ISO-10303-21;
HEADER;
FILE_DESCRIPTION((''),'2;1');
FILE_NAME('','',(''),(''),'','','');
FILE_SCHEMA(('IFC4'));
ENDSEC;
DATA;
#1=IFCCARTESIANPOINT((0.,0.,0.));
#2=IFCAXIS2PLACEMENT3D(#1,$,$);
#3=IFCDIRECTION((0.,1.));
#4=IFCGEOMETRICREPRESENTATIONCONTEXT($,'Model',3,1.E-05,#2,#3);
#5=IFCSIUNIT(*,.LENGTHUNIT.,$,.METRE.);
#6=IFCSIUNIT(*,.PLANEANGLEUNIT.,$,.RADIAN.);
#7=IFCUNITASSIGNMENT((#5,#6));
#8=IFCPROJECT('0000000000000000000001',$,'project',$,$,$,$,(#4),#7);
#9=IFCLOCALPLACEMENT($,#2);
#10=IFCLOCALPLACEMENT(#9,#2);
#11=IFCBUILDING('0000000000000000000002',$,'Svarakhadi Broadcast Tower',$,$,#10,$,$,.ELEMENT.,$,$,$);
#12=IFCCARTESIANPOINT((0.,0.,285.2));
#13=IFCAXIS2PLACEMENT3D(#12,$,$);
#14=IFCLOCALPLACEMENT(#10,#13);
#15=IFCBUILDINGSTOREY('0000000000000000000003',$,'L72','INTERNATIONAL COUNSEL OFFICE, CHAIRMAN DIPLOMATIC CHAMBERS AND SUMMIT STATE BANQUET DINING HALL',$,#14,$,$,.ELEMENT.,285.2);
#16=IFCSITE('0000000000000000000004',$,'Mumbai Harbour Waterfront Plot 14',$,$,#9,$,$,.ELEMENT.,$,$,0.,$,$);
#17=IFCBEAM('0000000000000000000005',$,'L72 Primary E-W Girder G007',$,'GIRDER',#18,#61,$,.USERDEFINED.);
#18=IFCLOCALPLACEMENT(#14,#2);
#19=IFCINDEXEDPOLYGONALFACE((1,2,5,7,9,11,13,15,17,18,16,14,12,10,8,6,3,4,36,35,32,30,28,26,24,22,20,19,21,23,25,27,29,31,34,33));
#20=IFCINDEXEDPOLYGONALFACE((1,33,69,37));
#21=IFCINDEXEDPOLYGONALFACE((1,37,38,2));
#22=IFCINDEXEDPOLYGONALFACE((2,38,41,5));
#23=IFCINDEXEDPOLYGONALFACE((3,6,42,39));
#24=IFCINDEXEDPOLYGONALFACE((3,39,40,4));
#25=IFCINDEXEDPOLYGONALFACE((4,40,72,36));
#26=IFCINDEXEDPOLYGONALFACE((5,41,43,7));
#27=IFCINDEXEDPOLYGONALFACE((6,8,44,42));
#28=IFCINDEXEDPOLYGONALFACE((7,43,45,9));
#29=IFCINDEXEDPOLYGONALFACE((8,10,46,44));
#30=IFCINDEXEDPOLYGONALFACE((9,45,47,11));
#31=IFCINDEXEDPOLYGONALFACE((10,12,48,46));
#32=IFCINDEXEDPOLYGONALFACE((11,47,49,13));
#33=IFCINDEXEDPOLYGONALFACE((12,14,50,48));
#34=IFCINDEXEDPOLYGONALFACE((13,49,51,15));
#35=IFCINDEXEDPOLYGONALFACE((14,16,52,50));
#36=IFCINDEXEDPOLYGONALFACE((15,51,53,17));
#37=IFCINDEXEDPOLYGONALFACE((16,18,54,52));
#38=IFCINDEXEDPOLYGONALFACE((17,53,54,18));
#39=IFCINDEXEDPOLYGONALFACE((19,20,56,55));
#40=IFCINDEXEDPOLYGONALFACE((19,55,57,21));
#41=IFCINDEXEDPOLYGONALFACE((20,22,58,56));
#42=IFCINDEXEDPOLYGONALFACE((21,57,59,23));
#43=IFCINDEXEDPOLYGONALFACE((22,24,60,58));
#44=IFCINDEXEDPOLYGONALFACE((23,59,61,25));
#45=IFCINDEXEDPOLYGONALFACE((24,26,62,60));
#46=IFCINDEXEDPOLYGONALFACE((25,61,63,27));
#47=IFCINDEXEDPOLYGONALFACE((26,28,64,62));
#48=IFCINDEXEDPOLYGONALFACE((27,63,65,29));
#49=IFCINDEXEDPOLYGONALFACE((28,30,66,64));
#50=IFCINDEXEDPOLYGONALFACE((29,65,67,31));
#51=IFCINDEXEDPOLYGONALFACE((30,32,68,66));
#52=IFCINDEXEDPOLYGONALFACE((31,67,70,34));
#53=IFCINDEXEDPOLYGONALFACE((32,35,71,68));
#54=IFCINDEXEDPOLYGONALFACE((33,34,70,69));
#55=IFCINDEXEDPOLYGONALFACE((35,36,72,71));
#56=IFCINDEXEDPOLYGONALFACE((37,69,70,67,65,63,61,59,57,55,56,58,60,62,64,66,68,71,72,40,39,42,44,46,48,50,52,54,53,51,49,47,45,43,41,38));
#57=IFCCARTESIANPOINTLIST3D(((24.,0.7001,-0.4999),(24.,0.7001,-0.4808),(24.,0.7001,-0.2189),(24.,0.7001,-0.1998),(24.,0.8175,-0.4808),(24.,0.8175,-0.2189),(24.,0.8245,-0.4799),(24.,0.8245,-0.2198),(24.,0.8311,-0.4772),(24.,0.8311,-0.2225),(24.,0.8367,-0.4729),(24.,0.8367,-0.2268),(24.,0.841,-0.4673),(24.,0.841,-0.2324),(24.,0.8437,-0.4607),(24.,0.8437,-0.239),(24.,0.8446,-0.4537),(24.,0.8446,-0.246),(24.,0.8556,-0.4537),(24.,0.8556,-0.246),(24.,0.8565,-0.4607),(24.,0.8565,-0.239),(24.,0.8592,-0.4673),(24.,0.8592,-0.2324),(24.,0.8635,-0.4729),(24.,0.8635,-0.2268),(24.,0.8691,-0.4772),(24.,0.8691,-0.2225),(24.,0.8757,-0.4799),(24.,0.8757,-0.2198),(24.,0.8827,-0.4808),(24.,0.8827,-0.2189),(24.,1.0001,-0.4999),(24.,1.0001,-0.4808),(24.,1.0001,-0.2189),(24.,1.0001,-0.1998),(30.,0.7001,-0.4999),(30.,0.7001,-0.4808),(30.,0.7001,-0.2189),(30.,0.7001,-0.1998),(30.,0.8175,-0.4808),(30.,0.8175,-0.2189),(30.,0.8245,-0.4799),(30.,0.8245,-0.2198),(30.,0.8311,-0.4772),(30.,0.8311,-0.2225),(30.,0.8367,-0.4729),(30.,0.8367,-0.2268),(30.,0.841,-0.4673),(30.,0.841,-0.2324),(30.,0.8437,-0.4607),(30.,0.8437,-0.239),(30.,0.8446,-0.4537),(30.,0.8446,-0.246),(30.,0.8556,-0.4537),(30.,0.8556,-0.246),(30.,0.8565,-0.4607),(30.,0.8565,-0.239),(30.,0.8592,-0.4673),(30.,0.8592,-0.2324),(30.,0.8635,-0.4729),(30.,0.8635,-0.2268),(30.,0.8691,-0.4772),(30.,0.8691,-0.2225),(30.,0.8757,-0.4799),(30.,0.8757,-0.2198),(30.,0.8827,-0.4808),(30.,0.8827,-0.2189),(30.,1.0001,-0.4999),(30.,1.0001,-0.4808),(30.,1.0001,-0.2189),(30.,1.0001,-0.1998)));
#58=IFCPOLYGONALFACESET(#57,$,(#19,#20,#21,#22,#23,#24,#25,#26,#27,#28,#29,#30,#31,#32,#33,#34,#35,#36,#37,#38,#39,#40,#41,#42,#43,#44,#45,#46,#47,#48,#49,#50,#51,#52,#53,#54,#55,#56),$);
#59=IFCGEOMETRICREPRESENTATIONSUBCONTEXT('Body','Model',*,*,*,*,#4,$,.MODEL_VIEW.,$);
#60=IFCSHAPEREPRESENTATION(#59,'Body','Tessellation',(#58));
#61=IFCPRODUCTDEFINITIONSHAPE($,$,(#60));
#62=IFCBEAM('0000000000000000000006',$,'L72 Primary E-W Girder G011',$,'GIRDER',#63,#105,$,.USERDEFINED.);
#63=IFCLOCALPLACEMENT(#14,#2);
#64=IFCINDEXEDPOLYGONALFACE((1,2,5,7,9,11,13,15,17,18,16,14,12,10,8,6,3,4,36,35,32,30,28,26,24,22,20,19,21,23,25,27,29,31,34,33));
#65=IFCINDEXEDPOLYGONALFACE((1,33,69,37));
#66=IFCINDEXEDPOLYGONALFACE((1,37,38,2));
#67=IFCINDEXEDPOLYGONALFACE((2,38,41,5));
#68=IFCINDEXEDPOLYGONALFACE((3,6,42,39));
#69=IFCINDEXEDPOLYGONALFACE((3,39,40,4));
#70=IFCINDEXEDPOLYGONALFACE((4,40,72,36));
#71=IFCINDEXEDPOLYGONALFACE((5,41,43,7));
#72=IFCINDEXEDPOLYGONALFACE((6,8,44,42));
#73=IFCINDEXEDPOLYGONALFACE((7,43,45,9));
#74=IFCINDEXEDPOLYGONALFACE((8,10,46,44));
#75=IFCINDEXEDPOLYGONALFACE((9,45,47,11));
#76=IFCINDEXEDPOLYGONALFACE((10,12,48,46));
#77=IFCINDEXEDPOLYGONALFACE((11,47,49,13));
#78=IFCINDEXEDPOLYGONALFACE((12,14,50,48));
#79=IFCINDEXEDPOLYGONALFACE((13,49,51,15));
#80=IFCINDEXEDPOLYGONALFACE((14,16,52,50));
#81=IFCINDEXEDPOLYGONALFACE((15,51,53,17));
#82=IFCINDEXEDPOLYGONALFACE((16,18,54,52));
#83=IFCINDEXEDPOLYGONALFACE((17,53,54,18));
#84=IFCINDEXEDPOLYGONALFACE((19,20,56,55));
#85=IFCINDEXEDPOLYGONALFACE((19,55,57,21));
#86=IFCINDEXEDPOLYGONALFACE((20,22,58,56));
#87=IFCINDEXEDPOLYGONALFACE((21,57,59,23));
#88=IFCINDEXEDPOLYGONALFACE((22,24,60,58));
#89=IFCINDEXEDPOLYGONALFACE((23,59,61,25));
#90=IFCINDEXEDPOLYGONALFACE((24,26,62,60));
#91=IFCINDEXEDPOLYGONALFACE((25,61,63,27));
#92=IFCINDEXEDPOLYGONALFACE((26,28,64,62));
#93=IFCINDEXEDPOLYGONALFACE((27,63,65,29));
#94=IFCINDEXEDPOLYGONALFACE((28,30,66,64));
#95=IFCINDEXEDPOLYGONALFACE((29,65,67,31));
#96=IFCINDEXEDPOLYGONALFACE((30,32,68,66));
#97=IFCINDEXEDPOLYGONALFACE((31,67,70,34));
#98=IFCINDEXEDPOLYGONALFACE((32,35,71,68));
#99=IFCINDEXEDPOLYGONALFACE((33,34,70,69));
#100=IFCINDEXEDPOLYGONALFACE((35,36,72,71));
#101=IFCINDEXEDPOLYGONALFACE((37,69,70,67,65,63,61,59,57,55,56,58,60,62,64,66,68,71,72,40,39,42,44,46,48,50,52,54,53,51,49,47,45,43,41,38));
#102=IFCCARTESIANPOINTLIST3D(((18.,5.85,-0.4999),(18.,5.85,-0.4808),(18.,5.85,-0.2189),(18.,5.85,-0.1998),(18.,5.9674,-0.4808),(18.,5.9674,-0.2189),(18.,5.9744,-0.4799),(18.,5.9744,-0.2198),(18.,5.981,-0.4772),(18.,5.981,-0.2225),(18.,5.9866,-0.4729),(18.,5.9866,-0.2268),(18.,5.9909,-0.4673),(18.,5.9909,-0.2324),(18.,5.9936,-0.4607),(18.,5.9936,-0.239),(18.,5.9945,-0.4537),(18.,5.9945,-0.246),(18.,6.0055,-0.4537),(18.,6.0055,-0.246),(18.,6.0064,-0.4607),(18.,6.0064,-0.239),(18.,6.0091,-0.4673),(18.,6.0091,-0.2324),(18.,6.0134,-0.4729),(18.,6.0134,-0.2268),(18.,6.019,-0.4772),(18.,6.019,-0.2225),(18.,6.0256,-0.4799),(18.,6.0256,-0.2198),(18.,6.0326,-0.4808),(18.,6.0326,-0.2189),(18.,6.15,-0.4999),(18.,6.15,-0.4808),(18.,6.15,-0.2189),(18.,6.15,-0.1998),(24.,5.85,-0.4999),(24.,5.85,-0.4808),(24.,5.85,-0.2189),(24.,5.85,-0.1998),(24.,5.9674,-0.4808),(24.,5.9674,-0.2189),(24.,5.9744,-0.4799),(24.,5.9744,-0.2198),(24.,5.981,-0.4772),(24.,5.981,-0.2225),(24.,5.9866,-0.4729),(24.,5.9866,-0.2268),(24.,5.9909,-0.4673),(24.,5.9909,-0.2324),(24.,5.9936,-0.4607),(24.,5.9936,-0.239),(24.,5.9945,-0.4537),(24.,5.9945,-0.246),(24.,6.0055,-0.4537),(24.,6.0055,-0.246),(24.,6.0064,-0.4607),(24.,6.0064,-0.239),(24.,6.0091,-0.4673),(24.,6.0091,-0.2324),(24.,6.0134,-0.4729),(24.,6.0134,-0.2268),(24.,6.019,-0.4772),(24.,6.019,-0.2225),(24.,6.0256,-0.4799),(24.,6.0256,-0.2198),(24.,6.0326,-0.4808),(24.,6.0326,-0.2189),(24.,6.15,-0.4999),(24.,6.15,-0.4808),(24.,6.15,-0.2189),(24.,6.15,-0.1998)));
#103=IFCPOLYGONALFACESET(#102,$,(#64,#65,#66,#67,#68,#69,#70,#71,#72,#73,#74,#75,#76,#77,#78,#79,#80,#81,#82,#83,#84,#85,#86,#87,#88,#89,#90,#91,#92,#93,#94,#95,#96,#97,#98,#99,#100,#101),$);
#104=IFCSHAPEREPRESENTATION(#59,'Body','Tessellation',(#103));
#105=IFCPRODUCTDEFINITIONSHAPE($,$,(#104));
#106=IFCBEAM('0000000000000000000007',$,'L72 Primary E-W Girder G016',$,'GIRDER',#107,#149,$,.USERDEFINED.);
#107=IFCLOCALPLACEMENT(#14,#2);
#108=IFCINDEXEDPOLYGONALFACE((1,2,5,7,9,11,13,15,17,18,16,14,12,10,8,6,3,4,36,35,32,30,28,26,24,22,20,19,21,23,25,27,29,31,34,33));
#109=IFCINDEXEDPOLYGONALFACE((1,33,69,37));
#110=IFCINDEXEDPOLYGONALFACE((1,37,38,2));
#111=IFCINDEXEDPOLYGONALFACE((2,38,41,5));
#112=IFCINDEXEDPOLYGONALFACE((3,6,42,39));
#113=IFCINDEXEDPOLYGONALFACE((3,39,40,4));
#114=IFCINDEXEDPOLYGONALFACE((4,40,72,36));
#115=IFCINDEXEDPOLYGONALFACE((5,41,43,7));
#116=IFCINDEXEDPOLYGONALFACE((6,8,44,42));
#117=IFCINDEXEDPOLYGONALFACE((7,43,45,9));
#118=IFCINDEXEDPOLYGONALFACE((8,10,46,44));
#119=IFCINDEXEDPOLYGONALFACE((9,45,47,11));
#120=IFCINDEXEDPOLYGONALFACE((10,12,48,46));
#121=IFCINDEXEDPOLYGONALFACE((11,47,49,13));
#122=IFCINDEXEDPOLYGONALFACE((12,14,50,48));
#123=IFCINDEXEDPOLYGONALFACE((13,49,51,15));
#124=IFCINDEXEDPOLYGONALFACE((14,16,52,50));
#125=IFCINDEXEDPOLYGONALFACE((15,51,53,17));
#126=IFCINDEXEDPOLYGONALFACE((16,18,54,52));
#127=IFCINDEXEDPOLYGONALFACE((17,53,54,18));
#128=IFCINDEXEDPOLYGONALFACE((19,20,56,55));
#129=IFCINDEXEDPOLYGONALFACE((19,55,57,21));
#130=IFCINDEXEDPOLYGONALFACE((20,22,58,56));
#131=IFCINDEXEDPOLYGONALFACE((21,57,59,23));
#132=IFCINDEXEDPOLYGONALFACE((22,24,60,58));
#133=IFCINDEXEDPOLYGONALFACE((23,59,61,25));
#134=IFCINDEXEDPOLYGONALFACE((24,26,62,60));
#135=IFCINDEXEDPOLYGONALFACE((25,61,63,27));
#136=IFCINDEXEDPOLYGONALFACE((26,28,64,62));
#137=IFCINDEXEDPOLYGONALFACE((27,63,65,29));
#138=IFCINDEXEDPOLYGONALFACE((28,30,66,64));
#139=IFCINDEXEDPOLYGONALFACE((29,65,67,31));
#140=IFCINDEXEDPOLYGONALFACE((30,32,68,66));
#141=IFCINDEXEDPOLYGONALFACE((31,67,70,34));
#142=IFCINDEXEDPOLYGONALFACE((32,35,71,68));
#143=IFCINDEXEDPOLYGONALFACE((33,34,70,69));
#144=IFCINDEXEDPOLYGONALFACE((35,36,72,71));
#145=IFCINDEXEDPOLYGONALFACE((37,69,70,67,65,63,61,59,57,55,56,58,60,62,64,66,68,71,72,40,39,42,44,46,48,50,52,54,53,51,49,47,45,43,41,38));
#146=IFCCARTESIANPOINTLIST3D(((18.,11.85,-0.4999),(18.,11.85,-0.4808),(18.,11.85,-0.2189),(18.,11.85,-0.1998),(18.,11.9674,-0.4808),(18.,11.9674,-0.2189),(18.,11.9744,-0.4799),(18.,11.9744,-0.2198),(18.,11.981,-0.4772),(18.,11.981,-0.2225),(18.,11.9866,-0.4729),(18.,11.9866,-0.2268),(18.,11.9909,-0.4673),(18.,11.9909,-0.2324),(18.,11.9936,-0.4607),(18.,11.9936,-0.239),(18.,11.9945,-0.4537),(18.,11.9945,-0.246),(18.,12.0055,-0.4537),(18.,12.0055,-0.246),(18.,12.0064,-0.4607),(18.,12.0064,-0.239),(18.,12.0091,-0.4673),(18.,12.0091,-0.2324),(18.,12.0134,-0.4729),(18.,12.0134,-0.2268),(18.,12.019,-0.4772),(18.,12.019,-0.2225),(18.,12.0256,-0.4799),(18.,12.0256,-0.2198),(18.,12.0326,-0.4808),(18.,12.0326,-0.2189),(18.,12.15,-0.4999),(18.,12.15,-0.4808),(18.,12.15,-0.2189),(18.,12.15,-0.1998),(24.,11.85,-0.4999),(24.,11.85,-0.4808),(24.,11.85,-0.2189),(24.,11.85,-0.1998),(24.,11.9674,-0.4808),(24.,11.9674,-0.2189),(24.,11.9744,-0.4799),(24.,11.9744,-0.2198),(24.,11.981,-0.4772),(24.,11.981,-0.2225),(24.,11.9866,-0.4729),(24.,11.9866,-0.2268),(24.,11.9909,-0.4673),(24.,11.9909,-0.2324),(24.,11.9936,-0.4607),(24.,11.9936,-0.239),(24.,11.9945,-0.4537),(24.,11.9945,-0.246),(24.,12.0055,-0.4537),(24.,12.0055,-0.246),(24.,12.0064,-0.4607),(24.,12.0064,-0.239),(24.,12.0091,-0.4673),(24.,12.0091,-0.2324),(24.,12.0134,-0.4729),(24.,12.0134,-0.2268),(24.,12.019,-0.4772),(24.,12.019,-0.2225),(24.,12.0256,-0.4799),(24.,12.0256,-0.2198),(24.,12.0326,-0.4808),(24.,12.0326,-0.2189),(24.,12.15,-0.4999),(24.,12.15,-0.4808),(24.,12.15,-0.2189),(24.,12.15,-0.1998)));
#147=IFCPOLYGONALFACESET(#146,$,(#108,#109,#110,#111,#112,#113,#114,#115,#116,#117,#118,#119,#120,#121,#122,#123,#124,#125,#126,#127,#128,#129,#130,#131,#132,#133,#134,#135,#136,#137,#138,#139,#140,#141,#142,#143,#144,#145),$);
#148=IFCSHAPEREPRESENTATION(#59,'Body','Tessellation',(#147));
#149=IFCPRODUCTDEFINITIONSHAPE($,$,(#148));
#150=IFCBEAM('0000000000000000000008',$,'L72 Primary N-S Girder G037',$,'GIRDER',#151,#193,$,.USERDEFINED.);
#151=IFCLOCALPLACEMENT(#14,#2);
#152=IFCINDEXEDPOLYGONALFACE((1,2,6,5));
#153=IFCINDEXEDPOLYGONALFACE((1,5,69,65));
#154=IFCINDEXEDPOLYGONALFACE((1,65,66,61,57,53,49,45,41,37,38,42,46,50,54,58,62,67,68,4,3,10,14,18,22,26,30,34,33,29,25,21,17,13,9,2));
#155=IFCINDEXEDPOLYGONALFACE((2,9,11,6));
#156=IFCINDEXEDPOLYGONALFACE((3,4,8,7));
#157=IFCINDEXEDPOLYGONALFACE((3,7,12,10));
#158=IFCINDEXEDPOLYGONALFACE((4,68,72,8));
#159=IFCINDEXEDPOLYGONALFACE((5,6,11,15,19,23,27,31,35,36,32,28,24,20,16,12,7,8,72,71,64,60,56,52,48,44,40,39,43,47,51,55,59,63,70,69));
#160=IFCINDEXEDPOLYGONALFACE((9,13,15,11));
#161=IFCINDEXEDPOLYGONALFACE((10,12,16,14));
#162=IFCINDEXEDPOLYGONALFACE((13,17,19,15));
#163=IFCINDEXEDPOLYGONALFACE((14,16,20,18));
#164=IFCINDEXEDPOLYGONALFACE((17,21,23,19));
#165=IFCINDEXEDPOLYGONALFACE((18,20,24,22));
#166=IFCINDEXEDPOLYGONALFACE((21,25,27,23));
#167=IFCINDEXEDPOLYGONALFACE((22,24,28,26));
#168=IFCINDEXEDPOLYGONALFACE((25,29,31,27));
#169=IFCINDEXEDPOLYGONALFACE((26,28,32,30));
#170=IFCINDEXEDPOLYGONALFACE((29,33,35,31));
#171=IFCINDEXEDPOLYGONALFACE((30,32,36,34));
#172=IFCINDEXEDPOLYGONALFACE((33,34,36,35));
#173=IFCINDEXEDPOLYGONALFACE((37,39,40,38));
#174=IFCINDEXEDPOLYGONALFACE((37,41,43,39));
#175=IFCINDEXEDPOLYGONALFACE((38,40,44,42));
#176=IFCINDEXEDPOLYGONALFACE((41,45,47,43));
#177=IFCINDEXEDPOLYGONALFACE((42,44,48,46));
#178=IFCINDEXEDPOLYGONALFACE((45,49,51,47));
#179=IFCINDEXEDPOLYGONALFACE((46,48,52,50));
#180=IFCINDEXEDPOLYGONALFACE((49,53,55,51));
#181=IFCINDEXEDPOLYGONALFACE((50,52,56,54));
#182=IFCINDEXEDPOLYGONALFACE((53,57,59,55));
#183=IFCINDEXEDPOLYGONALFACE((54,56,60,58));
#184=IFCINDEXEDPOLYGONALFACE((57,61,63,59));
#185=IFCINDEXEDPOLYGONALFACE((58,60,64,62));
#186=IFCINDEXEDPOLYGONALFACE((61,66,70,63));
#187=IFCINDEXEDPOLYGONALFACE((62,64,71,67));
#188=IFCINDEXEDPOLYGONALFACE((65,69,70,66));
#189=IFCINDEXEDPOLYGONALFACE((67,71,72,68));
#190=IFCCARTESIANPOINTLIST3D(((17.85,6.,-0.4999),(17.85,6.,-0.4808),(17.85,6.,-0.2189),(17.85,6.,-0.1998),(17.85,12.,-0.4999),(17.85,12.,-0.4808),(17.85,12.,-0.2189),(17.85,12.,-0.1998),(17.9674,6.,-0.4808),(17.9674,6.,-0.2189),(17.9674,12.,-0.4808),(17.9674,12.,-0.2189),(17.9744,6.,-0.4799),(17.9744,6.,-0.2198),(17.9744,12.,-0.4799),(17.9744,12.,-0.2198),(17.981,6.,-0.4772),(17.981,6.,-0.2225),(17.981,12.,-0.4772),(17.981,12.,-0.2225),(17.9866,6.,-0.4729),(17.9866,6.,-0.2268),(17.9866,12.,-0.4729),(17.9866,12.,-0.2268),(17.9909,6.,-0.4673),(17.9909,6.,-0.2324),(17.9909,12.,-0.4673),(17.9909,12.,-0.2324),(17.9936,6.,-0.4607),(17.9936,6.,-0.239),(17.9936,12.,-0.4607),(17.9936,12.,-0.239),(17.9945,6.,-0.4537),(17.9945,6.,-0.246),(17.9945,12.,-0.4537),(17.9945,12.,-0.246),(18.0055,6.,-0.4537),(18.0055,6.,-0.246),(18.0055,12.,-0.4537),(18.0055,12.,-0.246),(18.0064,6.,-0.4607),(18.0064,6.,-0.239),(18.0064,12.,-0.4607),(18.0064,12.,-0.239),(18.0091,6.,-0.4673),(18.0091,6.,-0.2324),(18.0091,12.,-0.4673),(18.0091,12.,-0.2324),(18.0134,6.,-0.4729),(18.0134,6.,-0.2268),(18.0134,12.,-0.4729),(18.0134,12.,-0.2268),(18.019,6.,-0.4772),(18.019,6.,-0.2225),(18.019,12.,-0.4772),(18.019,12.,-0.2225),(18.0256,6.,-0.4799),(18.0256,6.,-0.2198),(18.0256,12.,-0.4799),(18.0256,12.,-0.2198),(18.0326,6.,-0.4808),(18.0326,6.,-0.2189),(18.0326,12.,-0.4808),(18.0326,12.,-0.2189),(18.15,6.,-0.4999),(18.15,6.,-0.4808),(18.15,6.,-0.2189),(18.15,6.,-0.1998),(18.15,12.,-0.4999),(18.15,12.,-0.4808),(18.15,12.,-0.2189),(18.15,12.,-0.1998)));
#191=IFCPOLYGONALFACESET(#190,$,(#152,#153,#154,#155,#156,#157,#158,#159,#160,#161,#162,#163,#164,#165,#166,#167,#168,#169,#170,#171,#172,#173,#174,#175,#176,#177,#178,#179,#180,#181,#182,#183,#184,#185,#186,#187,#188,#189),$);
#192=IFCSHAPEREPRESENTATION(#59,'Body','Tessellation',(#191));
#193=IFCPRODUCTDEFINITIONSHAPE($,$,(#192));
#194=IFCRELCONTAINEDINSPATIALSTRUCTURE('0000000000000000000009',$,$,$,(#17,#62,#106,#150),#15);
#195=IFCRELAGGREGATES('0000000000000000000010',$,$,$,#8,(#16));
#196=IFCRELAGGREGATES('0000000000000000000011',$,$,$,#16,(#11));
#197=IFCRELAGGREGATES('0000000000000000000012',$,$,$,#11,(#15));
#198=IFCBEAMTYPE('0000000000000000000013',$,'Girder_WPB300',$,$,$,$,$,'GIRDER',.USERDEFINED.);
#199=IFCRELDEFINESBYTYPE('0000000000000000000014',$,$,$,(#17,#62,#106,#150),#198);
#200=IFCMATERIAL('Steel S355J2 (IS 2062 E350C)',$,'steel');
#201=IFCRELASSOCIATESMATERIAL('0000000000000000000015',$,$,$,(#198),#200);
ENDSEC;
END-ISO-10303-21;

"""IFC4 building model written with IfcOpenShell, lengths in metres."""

from ifc_helpers import new_model, si_unit, direction, frame, origin, origin_2d, place, context, subcontext, project, spatial, i_section, extrude, material, material_profile, profile_set, type_object, element, save


model = new_model("IFC4")

# Units and contexts
model_context = context("Model", 3, precision=1e-05, world=origin(), true_north=direction((0.0, 1.0)))
body_context = subcontext(model_context, "Body", "Model", "MODEL_VIEW")
ifc_project = project(units=[si_unit("LENGTHUNIT", "METRE"), si_unit("PLANEANGLEUNIT", "RADIAN")], contexts=[model_context])

# Site, building, storey
site_placement = place(None, origin())
site = spatial("IfcSite", under=ifc_project, at=site_placement, Name="Mumbai Harbour Waterfront Plot 14", CompositionType="ELEMENT", RefElevation=0.0)
building_placement = place(site_placement, origin())
building = spatial("IfcBuilding", under=site, at=building_placement, Name="Svarakhadi Broadcast Tower", CompositionType="ELEMENT")
storey_placement = place(building_placement, frame((0.0, 0.0, 285.2)))
storey = spatial("IfcBuildingStorey", under=building, at=storey_placement, Name="L72", Description="INTERNATIONAL COUNSEL OFFICE, CHAIRMAN DIPLOMATIC CHAMBERS AND SUMMIT STATE BANQUET DINING HALL", CompositionType="ELEMENT", Elevation=285.2)

# Beams
ifc_material_1 = material(Name="Steel S355J2 (IS 2062 E350C)", Category="steel")
ifc_material_profile_1 = material_profile(ifc_material_1, i_section(OverallWidth=0.3, OverallDepth=0.3, WebThickness=0.011, FlangeThickness=0.019, FilletRadius=0.0271, at=origin_2d()), Name="WPB 300x300x117")
ifc_profile_set_1 = profile_set([ifc_material_profile_1], Name="Steel S355J2 (IS 2062 E350C)")
beam_type_1 = type_object("IfcBeamType", Name="Girder_WPB300", ElementType="GIRDER", PredefinedType="USERDEFINED", material=ifc_profile_set_1)
for number, where, z_axis, x_axis, name in (
    (1, (24.0, 0.8501, -0.3499), (1.0, 0.0, 0.0), (0.0, 1.0, 0.0), "L72 Primary E-W Girder G007"),
    (2, (18.0, 6.0, -0.3499), (1.0, 0.0, 0.0), (0.0, 1.0, 0.0), "L72 Primary E-W Girder G011"),
    (3, (18.0, 12.0, -0.3499), (1.0, 0.0, 0.0), (0.0, 1.0, 0.0), "L72 Primary E-W Girder G016"),
    (4, (18.0, 6.0, -0.3499), (0.0, 1.0, 0.0), (-1.0, 0.0, 0.0), "L72 Primary N-S Girder G037"),
):
    element("IfcBeam", number, at=place(storey_placement, frame(where, z_axis=z_axis, x_axis=x_axis)), inside=storey, type_object=beam_type_1, Name=name, ObjectType="GIRDER", PredefinedType="USERDEFINED", context=body_context, shape_type="SweptSolid", body=[
        extrude(i_section(OverallWidth=0.3, OverallDepth=0.3, WebThickness=0.011, FlangeThickness=0.019, FilletRadius=0.0271, at=origin_2d()), origin(), (0.0, 0.0, 1.0), 6.0),
    ])

save(model, "model.ifc")
